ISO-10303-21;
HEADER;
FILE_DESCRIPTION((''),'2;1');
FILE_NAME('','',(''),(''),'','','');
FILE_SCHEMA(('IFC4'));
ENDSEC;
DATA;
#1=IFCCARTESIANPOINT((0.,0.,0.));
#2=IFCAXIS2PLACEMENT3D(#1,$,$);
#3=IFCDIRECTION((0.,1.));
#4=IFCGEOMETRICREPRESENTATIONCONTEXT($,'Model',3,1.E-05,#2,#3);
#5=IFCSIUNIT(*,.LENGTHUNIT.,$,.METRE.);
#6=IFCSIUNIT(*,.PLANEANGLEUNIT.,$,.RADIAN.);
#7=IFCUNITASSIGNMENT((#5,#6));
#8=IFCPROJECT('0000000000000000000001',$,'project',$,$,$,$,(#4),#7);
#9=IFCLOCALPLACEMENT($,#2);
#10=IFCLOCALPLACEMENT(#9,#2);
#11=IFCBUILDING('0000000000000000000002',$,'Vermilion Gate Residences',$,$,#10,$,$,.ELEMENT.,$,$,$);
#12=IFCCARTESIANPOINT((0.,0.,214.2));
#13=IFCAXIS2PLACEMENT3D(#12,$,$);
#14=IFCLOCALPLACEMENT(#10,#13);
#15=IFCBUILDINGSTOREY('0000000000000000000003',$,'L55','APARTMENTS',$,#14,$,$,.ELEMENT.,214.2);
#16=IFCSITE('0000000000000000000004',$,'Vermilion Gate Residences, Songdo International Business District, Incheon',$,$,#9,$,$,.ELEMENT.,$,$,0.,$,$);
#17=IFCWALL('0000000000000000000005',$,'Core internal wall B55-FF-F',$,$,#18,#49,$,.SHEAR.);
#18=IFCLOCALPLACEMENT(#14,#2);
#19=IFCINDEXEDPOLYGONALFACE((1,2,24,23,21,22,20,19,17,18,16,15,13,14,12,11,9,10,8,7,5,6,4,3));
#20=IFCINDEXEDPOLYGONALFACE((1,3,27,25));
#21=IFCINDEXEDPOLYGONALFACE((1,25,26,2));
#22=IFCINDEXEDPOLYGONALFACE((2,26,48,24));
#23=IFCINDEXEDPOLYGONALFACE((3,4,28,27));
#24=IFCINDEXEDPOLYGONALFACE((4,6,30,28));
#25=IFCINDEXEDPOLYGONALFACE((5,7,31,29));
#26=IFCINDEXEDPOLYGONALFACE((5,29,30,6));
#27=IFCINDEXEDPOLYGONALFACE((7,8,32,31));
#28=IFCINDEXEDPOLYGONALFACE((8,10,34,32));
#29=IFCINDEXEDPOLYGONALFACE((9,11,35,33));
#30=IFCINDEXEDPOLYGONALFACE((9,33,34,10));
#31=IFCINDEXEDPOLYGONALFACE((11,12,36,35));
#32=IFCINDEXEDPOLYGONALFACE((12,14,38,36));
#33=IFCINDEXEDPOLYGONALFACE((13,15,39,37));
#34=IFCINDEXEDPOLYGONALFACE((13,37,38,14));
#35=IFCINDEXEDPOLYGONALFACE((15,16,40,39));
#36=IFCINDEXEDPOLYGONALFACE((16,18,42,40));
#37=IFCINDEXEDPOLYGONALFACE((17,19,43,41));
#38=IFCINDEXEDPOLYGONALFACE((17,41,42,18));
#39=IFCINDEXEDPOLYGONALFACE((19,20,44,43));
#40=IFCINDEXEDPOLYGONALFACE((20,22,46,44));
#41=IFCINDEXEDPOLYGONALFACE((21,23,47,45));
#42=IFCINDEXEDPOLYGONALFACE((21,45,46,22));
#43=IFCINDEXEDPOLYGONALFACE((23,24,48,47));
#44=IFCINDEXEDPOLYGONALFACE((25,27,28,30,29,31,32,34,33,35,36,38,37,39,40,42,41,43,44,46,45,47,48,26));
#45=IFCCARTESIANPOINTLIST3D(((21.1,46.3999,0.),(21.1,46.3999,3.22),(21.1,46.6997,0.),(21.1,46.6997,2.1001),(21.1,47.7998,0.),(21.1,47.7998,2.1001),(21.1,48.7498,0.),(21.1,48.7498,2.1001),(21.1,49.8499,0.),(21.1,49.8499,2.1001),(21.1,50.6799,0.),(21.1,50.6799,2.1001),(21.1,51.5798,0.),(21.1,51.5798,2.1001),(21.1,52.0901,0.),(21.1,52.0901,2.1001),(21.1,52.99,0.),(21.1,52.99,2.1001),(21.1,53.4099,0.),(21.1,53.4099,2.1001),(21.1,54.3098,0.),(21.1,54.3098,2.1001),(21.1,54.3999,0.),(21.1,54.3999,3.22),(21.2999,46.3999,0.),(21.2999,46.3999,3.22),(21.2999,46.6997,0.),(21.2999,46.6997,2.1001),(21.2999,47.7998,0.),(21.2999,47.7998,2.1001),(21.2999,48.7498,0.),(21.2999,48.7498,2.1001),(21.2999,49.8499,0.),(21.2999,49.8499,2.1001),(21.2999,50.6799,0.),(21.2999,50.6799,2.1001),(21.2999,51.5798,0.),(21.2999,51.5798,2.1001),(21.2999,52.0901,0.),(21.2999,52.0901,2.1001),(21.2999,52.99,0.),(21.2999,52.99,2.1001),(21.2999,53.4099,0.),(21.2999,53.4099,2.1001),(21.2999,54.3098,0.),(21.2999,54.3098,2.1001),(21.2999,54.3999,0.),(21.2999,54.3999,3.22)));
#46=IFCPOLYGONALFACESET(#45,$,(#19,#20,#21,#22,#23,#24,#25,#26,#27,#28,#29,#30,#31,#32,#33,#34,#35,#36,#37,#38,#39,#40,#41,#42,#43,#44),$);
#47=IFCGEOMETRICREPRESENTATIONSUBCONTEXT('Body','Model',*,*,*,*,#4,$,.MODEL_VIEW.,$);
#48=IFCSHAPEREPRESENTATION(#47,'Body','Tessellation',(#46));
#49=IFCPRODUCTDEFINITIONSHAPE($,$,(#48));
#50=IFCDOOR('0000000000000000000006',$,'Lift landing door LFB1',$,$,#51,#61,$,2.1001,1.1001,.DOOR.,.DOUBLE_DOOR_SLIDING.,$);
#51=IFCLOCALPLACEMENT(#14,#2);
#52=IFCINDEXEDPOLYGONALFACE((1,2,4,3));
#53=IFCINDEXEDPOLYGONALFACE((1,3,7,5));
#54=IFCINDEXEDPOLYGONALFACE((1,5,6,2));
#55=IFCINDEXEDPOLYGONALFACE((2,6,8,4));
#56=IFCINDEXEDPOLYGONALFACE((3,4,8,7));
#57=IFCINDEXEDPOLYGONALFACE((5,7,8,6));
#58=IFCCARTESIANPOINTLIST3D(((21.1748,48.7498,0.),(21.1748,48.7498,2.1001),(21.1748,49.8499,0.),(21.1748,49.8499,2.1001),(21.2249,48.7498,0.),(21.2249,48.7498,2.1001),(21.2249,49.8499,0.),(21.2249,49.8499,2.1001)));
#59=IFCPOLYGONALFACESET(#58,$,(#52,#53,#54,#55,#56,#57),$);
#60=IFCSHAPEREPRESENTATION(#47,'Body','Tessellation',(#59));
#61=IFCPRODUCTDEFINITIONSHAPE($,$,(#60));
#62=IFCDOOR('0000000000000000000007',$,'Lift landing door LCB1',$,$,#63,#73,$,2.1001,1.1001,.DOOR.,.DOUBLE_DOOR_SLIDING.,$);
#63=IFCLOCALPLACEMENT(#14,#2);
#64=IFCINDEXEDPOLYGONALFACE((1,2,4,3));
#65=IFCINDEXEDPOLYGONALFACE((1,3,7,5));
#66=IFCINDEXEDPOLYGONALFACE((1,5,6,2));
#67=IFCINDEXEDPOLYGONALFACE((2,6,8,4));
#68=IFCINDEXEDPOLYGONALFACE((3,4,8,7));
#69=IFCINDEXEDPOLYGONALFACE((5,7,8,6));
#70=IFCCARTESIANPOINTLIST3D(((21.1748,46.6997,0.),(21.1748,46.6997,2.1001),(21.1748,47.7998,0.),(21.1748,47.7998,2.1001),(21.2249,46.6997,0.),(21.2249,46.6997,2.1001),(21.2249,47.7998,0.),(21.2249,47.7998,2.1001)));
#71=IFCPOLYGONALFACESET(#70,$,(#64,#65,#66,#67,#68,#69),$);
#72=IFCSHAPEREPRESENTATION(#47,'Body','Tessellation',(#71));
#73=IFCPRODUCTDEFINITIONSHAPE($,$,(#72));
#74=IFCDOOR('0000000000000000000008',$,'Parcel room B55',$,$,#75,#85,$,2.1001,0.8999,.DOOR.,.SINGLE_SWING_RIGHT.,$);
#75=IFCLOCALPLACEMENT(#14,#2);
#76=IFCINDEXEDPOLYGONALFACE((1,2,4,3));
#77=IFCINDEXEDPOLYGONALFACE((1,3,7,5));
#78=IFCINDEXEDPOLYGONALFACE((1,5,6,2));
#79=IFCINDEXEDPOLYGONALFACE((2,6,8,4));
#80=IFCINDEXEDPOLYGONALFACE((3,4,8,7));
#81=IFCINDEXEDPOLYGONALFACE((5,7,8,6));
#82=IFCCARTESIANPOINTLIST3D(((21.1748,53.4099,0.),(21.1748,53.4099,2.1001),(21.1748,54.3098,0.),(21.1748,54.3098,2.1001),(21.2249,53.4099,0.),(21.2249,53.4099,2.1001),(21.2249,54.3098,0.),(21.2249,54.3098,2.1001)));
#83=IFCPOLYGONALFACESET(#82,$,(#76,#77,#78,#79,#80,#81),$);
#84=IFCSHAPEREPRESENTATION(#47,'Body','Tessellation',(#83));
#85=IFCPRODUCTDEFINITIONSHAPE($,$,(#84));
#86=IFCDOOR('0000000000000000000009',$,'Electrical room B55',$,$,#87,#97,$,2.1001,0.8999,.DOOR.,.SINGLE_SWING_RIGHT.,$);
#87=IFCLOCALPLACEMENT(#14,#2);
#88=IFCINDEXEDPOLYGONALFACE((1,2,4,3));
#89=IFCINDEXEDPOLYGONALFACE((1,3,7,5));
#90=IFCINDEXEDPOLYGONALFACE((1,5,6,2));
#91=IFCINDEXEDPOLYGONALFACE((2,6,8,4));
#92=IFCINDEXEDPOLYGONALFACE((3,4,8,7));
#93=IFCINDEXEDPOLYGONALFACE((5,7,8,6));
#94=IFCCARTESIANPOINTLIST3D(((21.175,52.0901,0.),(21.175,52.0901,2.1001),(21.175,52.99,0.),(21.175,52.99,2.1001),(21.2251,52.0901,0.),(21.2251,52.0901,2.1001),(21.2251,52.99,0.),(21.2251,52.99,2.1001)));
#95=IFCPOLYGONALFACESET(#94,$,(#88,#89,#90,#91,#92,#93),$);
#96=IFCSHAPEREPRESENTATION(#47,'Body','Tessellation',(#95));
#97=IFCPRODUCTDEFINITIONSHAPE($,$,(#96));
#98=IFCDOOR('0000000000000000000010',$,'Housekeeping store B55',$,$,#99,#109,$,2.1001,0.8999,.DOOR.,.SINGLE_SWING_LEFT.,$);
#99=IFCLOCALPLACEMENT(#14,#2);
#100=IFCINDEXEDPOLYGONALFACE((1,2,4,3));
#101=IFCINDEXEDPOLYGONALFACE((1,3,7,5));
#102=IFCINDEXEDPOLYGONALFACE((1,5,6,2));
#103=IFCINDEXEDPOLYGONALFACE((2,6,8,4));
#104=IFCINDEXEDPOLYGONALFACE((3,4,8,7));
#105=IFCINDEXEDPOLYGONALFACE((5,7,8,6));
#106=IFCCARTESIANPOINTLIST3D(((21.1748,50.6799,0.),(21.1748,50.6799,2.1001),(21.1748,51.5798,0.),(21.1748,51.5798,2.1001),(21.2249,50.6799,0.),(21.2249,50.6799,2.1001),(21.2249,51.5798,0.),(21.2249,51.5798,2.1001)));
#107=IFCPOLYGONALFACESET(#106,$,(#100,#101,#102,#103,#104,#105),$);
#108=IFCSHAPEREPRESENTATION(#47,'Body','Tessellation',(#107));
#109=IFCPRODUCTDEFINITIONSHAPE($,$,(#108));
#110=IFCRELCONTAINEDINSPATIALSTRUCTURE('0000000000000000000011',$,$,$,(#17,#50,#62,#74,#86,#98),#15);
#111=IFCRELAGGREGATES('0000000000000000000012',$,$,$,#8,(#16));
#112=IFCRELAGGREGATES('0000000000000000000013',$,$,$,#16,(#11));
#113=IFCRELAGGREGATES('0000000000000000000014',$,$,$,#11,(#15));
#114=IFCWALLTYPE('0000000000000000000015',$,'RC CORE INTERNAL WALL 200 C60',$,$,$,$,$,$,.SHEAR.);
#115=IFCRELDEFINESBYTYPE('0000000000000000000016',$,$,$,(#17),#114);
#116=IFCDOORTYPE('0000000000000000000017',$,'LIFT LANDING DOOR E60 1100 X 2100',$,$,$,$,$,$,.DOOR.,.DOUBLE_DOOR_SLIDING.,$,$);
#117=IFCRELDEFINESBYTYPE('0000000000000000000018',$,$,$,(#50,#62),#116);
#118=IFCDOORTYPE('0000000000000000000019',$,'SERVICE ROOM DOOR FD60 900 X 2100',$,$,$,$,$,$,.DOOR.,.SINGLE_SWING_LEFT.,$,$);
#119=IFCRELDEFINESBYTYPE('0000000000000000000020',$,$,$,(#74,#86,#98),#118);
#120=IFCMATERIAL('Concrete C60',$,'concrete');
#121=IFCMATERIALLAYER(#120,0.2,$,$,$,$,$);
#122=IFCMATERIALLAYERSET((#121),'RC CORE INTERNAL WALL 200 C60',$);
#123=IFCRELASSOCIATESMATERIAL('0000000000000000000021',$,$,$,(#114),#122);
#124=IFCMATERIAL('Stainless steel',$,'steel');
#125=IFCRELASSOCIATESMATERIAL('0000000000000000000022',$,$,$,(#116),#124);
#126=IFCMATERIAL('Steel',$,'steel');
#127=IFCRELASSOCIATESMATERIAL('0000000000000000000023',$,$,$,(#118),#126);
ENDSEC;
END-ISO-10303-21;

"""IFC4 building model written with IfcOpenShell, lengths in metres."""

from ifc_helpers import new_model, si_unit, direction, frame, frame_2d, origin, place, context, subcontext, project, spatial, rectangle, extrude, material, layer, layer_set, type_object, element, fill, save


model = new_model("IFC4")

# Units and contexts
model_context = context("Model", 3, precision=1e-05, world=origin(), true_north=direction((0.0, 1.0)))
body_context = subcontext(model_context, "Body", "Model", "MODEL_VIEW")
ifc_project = project(units=[si_unit("LENGTHUNIT", "METRE"), si_unit("PLANEANGLEUNIT", "RADIAN")], contexts=[model_context])

# Site, building, storey
site_placement = place(None, origin())
site = spatial("IfcSite", under=ifc_project, at=site_placement, Name="Vermilion Gate Residences, Songdo International Business District, Incheon", CompositionType="ELEMENT", RefElevation=0.0)
building_placement = place(site_placement, origin())
building = spatial("IfcBuilding", under=site, at=building_placement, Name="Vermilion Gate Residences", CompositionType="ELEMENT")
storey_placement = place(building_placement, frame((0.0, 0.0, 214.2)))
storey = spatial("IfcBuildingStorey", under=building, at=storey_placement, Name="L55", Description="APARTMENTS", CompositionType="ELEMENT", Elevation=214.2)

# Shared definitions
ifc_material_1 = material(Name="Concrete C60", Category="concrete")
ifc_layer_1 = layer(ifc_material_1, 0.2)
ifc_layer_set_1 = layer_set([ifc_layer_1], Name="RC CORE INTERNAL WALL 200 C60")
wall_type_1 = type_object("IfcWallType", Name="RC CORE INTERNAL WALL 200 C60", PredefinedType="SHEAR", material=ifc_layer_set_1)

# Wall, openings, doors
wall_1_placement = place(storey_placement, frame((21.2, 54.3999, 0.0), z_axis=(0.0, 0.0, 1.0), x_axis=(0.0, -1.0, 0.0)))
wall_1 = element("IfcWall", 1, at=wall_1_placement, inside=storey, type_object=wall_type_1, Name="Core internal wall B55-FF-F", PredefinedType="SHEAR", context=body_context, shape_type="SweptSolid", body=[
    extrude(rectangle(XDim=8.0, YDim=0.2, at=frame_2d((4.0, 0.0))), origin(), (0.0, 0.0, 1.0), 3.22),
])
opening_1_placement = place(wall_1_placement, frame((0.0901, 0.0, 0.0)))
opening_1 = element("IfcOpeningElement", 2, at=opening_1_placement, cuts=wall_1, PredefinedType="OPENING", context=body_context, shape_type="SweptSolid", body=[
    extrude(rectangle(XDim=0.8999, YDim=2.1001, at=frame_2d((0.45, 1.05))), frame((0.0, 0.1099, 0.0), z_axis=(0.0, -1.0, 0.0), x_axis=(1.0, 0.0, 0.0)), (0.0, 0.0, 1.0), 0.22),
])
opening_2_placement = place(wall_1_placement, frame((1.4099, 0.0, 0.0)))
opening_2 = element("IfcOpeningElement", 3, at=opening_2_placement, cuts=wall_1, PredefinedType="OPENING", context=body_context, shape_type="SweptSolid", body=[
    extrude(rectangle(XDim=0.8999, YDim=2.1001, at=frame_2d((0.45, 1.05))), frame((0.0, 0.1099, 0.0), z_axis=(0.0, -1.0, 0.0), x_axis=(1.0, 0.0, 0.0)), (0.0, 0.0, 1.0), 0.22),
])
opening_3_placement = place(wall_1_placement, frame((2.8201, 0.0, 0.0)))
opening_3 = element("IfcOpeningElement", 4, at=opening_3_placement, cuts=wall_1, PredefinedType="OPENING", context=body_context, shape_type="SweptSolid", body=[
    extrude(rectangle(XDim=0.8999, YDim=2.1001, at=frame_2d((0.45, 1.05))), frame((0.0, 0.1099, 0.0), z_axis=(0.0, -1.0, 0.0), x_axis=(1.0, 0.0, 0.0)), (0.0, 0.0, 1.0), 0.22),
])
opening_4_placement = place(wall_1_placement, frame((4.55, 0.0, 0.0)))
opening_4 = element("IfcOpeningElement", 5, at=opening_4_placement, cuts=wall_1, PredefinedType="OPENING", context=body_context, shape_type="SweptSolid", body=[
    extrude(rectangle(XDim=1.1001, YDim=2.1001, at=frame_2d((0.55, 1.05))), frame((0.0, 0.1099, 0.0), z_axis=(0.0, -1.0, 0.0), x_axis=(1.0, 0.0, 0.0)), (0.0, 0.0, 1.0), 0.22),
])
opening_5_placement = place(wall_1_placement, frame((6.6001, 0.0, 0.0)))
opening_5 = element("IfcOpeningElement", 6, at=opening_5_placement, cuts=wall_1, PredefinedType="OPENING", context=body_context, shape_type="SweptSolid", body=[
    extrude(rectangle(XDim=1.1001, YDim=2.1001, at=frame_2d((0.55, 1.05))), frame((0.0, 0.1099, 0.0), z_axis=(0.0, -1.0, 0.0), x_axis=(1.0, 0.0, 0.0)), (0.0, 0.0, 1.0), 0.22),
])
ifc_material_2 = material(Name="Stainless steel", Category="steel")
door_type_1 = type_object("IfcDoorType", Name="LIFT LANDING DOOR E60 1100 X 2100", OperationType="DOUBLE_DOOR_SLIDING", PredefinedType="DOOR", material=ifc_material_2)
door_1_placement = place(opening_4_placement, origin())
door_1 = element("IfcDoor", 7, at=door_1_placement, inside=storey, type_object=door_type_1, Name="Lift landing door LFB1", OperationType="DOUBLE_DOOR_SLIDING", OverallHeight=2.1001, OverallWidth=1.1001, PredefinedType="DOOR", context=body_context, shape_type="SweptSolid", body=[
    extrude(rectangle(XDim=1.1001, YDim=2.1001, at=frame_2d((0.55, 1.05))), frame((0.0, 0.0249, 0.0), z_axis=(0.0, -1.0, 0.0), x_axis=(1.0, 0.0, 0.0)), (0.0, 0.0, 1.0), 0.05),
])
fill(opening_4, door_1)
door_2_placement = place(opening_5_placement, origin())
door_2 = element("IfcDoor", 8, at=door_2_placement, inside=storey, type_object=door_type_1, Name="Lift landing door LCB1", OperationType="DOUBLE_DOOR_SLIDING", OverallHeight=2.1001, OverallWidth=1.1001, PredefinedType="DOOR", context=body_context, shape_type="SweptSolid", body=[
    extrude(rectangle(XDim=1.1001, YDim=2.1001, at=frame_2d((0.55, 1.05))), frame((0.0, 0.0249, 0.0), z_axis=(0.0, -1.0, 0.0), x_axis=(1.0, 0.0, 0.0)), (0.0, 0.0, 1.0), 0.05),
])
fill(opening_5, door_2)
ifc_material_3 = material(Name="Steel", Category="steel")
door_type_2 = type_object("IfcDoorType", Name="SERVICE ROOM DOOR FD60 900 X 2100", OperationType="SINGLE_SWING_LEFT", PredefinedType="DOOR", material=ifc_material_3)
door_3_placement = place(opening_1_placement, origin())
door_3 = element("IfcDoor", 9, at=door_3_placement, inside=storey, type_object=door_type_2, Name="Parcel room B55", OperationType="SINGLE_SWING_RIGHT", OverallHeight=2.1001, OverallWidth=0.8999, PredefinedType="DOOR", context=body_context, shape_type="SweptSolid", body=[
    extrude(rectangle(XDim=0.8999, YDim=2.1001, at=frame_2d((0.45, 1.05))), frame((0.0, 0.0249, 0.0), z_axis=(0.0, -1.0, 0.0), x_axis=(1.0, 0.0, 0.0)), (0.0, 0.0, 1.0), 0.05),
])
fill(opening_1, door_3)
door_4_placement = place(opening_2_placement, frame((0.8999, 0.0, 0.0), z_axis=(0.0, 0.0, 1.0), x_axis=(-1.0, 0.0, 0.0)))
door_4 = element("IfcDoor", 10, at=door_4_placement, inside=storey, type_object=door_type_2, Name="Electrical room B55", OperationType="SINGLE_SWING_RIGHT", OverallHeight=2.1001, OverallWidth=0.8999, PredefinedType="DOOR", context=body_context, shape_type="SweptSolid", body=[
    extrude(rectangle(XDim=0.8999, YDim=2.1001, at=frame_2d((0.45, 1.05))), frame((0.0, 0.0249, 0.0), z_axis=(0.0, -1.0, 0.0), x_axis=(1.0, 0.0, 0.0)), (0.0, 0.0, 1.0), 0.05),
])
fill(opening_2, door_4)
door_5_placement = place(opening_3_placement, origin())
door_5 = element("IfcDoor", 11, at=door_5_placement, inside=storey, type_object=door_type_2, Name="Housekeeping store B55", OperationType="SINGLE_SWING_LEFT", OverallHeight=2.1001, OverallWidth=0.8999, PredefinedType="DOOR", context=body_context, shape_type="SweptSolid", body=[
    extrude(rectangle(XDim=0.8999, YDim=2.1001, at=frame_2d((0.45, 1.05))), frame((0.0, 0.0249, 0.0), z_axis=(0.0, -1.0, 0.0), x_axis=(1.0, 0.0, 0.0)), (0.0, 0.0, 1.0), 0.05),
])
fill(opening_3, door_5)

save(model, "model.ifc")
